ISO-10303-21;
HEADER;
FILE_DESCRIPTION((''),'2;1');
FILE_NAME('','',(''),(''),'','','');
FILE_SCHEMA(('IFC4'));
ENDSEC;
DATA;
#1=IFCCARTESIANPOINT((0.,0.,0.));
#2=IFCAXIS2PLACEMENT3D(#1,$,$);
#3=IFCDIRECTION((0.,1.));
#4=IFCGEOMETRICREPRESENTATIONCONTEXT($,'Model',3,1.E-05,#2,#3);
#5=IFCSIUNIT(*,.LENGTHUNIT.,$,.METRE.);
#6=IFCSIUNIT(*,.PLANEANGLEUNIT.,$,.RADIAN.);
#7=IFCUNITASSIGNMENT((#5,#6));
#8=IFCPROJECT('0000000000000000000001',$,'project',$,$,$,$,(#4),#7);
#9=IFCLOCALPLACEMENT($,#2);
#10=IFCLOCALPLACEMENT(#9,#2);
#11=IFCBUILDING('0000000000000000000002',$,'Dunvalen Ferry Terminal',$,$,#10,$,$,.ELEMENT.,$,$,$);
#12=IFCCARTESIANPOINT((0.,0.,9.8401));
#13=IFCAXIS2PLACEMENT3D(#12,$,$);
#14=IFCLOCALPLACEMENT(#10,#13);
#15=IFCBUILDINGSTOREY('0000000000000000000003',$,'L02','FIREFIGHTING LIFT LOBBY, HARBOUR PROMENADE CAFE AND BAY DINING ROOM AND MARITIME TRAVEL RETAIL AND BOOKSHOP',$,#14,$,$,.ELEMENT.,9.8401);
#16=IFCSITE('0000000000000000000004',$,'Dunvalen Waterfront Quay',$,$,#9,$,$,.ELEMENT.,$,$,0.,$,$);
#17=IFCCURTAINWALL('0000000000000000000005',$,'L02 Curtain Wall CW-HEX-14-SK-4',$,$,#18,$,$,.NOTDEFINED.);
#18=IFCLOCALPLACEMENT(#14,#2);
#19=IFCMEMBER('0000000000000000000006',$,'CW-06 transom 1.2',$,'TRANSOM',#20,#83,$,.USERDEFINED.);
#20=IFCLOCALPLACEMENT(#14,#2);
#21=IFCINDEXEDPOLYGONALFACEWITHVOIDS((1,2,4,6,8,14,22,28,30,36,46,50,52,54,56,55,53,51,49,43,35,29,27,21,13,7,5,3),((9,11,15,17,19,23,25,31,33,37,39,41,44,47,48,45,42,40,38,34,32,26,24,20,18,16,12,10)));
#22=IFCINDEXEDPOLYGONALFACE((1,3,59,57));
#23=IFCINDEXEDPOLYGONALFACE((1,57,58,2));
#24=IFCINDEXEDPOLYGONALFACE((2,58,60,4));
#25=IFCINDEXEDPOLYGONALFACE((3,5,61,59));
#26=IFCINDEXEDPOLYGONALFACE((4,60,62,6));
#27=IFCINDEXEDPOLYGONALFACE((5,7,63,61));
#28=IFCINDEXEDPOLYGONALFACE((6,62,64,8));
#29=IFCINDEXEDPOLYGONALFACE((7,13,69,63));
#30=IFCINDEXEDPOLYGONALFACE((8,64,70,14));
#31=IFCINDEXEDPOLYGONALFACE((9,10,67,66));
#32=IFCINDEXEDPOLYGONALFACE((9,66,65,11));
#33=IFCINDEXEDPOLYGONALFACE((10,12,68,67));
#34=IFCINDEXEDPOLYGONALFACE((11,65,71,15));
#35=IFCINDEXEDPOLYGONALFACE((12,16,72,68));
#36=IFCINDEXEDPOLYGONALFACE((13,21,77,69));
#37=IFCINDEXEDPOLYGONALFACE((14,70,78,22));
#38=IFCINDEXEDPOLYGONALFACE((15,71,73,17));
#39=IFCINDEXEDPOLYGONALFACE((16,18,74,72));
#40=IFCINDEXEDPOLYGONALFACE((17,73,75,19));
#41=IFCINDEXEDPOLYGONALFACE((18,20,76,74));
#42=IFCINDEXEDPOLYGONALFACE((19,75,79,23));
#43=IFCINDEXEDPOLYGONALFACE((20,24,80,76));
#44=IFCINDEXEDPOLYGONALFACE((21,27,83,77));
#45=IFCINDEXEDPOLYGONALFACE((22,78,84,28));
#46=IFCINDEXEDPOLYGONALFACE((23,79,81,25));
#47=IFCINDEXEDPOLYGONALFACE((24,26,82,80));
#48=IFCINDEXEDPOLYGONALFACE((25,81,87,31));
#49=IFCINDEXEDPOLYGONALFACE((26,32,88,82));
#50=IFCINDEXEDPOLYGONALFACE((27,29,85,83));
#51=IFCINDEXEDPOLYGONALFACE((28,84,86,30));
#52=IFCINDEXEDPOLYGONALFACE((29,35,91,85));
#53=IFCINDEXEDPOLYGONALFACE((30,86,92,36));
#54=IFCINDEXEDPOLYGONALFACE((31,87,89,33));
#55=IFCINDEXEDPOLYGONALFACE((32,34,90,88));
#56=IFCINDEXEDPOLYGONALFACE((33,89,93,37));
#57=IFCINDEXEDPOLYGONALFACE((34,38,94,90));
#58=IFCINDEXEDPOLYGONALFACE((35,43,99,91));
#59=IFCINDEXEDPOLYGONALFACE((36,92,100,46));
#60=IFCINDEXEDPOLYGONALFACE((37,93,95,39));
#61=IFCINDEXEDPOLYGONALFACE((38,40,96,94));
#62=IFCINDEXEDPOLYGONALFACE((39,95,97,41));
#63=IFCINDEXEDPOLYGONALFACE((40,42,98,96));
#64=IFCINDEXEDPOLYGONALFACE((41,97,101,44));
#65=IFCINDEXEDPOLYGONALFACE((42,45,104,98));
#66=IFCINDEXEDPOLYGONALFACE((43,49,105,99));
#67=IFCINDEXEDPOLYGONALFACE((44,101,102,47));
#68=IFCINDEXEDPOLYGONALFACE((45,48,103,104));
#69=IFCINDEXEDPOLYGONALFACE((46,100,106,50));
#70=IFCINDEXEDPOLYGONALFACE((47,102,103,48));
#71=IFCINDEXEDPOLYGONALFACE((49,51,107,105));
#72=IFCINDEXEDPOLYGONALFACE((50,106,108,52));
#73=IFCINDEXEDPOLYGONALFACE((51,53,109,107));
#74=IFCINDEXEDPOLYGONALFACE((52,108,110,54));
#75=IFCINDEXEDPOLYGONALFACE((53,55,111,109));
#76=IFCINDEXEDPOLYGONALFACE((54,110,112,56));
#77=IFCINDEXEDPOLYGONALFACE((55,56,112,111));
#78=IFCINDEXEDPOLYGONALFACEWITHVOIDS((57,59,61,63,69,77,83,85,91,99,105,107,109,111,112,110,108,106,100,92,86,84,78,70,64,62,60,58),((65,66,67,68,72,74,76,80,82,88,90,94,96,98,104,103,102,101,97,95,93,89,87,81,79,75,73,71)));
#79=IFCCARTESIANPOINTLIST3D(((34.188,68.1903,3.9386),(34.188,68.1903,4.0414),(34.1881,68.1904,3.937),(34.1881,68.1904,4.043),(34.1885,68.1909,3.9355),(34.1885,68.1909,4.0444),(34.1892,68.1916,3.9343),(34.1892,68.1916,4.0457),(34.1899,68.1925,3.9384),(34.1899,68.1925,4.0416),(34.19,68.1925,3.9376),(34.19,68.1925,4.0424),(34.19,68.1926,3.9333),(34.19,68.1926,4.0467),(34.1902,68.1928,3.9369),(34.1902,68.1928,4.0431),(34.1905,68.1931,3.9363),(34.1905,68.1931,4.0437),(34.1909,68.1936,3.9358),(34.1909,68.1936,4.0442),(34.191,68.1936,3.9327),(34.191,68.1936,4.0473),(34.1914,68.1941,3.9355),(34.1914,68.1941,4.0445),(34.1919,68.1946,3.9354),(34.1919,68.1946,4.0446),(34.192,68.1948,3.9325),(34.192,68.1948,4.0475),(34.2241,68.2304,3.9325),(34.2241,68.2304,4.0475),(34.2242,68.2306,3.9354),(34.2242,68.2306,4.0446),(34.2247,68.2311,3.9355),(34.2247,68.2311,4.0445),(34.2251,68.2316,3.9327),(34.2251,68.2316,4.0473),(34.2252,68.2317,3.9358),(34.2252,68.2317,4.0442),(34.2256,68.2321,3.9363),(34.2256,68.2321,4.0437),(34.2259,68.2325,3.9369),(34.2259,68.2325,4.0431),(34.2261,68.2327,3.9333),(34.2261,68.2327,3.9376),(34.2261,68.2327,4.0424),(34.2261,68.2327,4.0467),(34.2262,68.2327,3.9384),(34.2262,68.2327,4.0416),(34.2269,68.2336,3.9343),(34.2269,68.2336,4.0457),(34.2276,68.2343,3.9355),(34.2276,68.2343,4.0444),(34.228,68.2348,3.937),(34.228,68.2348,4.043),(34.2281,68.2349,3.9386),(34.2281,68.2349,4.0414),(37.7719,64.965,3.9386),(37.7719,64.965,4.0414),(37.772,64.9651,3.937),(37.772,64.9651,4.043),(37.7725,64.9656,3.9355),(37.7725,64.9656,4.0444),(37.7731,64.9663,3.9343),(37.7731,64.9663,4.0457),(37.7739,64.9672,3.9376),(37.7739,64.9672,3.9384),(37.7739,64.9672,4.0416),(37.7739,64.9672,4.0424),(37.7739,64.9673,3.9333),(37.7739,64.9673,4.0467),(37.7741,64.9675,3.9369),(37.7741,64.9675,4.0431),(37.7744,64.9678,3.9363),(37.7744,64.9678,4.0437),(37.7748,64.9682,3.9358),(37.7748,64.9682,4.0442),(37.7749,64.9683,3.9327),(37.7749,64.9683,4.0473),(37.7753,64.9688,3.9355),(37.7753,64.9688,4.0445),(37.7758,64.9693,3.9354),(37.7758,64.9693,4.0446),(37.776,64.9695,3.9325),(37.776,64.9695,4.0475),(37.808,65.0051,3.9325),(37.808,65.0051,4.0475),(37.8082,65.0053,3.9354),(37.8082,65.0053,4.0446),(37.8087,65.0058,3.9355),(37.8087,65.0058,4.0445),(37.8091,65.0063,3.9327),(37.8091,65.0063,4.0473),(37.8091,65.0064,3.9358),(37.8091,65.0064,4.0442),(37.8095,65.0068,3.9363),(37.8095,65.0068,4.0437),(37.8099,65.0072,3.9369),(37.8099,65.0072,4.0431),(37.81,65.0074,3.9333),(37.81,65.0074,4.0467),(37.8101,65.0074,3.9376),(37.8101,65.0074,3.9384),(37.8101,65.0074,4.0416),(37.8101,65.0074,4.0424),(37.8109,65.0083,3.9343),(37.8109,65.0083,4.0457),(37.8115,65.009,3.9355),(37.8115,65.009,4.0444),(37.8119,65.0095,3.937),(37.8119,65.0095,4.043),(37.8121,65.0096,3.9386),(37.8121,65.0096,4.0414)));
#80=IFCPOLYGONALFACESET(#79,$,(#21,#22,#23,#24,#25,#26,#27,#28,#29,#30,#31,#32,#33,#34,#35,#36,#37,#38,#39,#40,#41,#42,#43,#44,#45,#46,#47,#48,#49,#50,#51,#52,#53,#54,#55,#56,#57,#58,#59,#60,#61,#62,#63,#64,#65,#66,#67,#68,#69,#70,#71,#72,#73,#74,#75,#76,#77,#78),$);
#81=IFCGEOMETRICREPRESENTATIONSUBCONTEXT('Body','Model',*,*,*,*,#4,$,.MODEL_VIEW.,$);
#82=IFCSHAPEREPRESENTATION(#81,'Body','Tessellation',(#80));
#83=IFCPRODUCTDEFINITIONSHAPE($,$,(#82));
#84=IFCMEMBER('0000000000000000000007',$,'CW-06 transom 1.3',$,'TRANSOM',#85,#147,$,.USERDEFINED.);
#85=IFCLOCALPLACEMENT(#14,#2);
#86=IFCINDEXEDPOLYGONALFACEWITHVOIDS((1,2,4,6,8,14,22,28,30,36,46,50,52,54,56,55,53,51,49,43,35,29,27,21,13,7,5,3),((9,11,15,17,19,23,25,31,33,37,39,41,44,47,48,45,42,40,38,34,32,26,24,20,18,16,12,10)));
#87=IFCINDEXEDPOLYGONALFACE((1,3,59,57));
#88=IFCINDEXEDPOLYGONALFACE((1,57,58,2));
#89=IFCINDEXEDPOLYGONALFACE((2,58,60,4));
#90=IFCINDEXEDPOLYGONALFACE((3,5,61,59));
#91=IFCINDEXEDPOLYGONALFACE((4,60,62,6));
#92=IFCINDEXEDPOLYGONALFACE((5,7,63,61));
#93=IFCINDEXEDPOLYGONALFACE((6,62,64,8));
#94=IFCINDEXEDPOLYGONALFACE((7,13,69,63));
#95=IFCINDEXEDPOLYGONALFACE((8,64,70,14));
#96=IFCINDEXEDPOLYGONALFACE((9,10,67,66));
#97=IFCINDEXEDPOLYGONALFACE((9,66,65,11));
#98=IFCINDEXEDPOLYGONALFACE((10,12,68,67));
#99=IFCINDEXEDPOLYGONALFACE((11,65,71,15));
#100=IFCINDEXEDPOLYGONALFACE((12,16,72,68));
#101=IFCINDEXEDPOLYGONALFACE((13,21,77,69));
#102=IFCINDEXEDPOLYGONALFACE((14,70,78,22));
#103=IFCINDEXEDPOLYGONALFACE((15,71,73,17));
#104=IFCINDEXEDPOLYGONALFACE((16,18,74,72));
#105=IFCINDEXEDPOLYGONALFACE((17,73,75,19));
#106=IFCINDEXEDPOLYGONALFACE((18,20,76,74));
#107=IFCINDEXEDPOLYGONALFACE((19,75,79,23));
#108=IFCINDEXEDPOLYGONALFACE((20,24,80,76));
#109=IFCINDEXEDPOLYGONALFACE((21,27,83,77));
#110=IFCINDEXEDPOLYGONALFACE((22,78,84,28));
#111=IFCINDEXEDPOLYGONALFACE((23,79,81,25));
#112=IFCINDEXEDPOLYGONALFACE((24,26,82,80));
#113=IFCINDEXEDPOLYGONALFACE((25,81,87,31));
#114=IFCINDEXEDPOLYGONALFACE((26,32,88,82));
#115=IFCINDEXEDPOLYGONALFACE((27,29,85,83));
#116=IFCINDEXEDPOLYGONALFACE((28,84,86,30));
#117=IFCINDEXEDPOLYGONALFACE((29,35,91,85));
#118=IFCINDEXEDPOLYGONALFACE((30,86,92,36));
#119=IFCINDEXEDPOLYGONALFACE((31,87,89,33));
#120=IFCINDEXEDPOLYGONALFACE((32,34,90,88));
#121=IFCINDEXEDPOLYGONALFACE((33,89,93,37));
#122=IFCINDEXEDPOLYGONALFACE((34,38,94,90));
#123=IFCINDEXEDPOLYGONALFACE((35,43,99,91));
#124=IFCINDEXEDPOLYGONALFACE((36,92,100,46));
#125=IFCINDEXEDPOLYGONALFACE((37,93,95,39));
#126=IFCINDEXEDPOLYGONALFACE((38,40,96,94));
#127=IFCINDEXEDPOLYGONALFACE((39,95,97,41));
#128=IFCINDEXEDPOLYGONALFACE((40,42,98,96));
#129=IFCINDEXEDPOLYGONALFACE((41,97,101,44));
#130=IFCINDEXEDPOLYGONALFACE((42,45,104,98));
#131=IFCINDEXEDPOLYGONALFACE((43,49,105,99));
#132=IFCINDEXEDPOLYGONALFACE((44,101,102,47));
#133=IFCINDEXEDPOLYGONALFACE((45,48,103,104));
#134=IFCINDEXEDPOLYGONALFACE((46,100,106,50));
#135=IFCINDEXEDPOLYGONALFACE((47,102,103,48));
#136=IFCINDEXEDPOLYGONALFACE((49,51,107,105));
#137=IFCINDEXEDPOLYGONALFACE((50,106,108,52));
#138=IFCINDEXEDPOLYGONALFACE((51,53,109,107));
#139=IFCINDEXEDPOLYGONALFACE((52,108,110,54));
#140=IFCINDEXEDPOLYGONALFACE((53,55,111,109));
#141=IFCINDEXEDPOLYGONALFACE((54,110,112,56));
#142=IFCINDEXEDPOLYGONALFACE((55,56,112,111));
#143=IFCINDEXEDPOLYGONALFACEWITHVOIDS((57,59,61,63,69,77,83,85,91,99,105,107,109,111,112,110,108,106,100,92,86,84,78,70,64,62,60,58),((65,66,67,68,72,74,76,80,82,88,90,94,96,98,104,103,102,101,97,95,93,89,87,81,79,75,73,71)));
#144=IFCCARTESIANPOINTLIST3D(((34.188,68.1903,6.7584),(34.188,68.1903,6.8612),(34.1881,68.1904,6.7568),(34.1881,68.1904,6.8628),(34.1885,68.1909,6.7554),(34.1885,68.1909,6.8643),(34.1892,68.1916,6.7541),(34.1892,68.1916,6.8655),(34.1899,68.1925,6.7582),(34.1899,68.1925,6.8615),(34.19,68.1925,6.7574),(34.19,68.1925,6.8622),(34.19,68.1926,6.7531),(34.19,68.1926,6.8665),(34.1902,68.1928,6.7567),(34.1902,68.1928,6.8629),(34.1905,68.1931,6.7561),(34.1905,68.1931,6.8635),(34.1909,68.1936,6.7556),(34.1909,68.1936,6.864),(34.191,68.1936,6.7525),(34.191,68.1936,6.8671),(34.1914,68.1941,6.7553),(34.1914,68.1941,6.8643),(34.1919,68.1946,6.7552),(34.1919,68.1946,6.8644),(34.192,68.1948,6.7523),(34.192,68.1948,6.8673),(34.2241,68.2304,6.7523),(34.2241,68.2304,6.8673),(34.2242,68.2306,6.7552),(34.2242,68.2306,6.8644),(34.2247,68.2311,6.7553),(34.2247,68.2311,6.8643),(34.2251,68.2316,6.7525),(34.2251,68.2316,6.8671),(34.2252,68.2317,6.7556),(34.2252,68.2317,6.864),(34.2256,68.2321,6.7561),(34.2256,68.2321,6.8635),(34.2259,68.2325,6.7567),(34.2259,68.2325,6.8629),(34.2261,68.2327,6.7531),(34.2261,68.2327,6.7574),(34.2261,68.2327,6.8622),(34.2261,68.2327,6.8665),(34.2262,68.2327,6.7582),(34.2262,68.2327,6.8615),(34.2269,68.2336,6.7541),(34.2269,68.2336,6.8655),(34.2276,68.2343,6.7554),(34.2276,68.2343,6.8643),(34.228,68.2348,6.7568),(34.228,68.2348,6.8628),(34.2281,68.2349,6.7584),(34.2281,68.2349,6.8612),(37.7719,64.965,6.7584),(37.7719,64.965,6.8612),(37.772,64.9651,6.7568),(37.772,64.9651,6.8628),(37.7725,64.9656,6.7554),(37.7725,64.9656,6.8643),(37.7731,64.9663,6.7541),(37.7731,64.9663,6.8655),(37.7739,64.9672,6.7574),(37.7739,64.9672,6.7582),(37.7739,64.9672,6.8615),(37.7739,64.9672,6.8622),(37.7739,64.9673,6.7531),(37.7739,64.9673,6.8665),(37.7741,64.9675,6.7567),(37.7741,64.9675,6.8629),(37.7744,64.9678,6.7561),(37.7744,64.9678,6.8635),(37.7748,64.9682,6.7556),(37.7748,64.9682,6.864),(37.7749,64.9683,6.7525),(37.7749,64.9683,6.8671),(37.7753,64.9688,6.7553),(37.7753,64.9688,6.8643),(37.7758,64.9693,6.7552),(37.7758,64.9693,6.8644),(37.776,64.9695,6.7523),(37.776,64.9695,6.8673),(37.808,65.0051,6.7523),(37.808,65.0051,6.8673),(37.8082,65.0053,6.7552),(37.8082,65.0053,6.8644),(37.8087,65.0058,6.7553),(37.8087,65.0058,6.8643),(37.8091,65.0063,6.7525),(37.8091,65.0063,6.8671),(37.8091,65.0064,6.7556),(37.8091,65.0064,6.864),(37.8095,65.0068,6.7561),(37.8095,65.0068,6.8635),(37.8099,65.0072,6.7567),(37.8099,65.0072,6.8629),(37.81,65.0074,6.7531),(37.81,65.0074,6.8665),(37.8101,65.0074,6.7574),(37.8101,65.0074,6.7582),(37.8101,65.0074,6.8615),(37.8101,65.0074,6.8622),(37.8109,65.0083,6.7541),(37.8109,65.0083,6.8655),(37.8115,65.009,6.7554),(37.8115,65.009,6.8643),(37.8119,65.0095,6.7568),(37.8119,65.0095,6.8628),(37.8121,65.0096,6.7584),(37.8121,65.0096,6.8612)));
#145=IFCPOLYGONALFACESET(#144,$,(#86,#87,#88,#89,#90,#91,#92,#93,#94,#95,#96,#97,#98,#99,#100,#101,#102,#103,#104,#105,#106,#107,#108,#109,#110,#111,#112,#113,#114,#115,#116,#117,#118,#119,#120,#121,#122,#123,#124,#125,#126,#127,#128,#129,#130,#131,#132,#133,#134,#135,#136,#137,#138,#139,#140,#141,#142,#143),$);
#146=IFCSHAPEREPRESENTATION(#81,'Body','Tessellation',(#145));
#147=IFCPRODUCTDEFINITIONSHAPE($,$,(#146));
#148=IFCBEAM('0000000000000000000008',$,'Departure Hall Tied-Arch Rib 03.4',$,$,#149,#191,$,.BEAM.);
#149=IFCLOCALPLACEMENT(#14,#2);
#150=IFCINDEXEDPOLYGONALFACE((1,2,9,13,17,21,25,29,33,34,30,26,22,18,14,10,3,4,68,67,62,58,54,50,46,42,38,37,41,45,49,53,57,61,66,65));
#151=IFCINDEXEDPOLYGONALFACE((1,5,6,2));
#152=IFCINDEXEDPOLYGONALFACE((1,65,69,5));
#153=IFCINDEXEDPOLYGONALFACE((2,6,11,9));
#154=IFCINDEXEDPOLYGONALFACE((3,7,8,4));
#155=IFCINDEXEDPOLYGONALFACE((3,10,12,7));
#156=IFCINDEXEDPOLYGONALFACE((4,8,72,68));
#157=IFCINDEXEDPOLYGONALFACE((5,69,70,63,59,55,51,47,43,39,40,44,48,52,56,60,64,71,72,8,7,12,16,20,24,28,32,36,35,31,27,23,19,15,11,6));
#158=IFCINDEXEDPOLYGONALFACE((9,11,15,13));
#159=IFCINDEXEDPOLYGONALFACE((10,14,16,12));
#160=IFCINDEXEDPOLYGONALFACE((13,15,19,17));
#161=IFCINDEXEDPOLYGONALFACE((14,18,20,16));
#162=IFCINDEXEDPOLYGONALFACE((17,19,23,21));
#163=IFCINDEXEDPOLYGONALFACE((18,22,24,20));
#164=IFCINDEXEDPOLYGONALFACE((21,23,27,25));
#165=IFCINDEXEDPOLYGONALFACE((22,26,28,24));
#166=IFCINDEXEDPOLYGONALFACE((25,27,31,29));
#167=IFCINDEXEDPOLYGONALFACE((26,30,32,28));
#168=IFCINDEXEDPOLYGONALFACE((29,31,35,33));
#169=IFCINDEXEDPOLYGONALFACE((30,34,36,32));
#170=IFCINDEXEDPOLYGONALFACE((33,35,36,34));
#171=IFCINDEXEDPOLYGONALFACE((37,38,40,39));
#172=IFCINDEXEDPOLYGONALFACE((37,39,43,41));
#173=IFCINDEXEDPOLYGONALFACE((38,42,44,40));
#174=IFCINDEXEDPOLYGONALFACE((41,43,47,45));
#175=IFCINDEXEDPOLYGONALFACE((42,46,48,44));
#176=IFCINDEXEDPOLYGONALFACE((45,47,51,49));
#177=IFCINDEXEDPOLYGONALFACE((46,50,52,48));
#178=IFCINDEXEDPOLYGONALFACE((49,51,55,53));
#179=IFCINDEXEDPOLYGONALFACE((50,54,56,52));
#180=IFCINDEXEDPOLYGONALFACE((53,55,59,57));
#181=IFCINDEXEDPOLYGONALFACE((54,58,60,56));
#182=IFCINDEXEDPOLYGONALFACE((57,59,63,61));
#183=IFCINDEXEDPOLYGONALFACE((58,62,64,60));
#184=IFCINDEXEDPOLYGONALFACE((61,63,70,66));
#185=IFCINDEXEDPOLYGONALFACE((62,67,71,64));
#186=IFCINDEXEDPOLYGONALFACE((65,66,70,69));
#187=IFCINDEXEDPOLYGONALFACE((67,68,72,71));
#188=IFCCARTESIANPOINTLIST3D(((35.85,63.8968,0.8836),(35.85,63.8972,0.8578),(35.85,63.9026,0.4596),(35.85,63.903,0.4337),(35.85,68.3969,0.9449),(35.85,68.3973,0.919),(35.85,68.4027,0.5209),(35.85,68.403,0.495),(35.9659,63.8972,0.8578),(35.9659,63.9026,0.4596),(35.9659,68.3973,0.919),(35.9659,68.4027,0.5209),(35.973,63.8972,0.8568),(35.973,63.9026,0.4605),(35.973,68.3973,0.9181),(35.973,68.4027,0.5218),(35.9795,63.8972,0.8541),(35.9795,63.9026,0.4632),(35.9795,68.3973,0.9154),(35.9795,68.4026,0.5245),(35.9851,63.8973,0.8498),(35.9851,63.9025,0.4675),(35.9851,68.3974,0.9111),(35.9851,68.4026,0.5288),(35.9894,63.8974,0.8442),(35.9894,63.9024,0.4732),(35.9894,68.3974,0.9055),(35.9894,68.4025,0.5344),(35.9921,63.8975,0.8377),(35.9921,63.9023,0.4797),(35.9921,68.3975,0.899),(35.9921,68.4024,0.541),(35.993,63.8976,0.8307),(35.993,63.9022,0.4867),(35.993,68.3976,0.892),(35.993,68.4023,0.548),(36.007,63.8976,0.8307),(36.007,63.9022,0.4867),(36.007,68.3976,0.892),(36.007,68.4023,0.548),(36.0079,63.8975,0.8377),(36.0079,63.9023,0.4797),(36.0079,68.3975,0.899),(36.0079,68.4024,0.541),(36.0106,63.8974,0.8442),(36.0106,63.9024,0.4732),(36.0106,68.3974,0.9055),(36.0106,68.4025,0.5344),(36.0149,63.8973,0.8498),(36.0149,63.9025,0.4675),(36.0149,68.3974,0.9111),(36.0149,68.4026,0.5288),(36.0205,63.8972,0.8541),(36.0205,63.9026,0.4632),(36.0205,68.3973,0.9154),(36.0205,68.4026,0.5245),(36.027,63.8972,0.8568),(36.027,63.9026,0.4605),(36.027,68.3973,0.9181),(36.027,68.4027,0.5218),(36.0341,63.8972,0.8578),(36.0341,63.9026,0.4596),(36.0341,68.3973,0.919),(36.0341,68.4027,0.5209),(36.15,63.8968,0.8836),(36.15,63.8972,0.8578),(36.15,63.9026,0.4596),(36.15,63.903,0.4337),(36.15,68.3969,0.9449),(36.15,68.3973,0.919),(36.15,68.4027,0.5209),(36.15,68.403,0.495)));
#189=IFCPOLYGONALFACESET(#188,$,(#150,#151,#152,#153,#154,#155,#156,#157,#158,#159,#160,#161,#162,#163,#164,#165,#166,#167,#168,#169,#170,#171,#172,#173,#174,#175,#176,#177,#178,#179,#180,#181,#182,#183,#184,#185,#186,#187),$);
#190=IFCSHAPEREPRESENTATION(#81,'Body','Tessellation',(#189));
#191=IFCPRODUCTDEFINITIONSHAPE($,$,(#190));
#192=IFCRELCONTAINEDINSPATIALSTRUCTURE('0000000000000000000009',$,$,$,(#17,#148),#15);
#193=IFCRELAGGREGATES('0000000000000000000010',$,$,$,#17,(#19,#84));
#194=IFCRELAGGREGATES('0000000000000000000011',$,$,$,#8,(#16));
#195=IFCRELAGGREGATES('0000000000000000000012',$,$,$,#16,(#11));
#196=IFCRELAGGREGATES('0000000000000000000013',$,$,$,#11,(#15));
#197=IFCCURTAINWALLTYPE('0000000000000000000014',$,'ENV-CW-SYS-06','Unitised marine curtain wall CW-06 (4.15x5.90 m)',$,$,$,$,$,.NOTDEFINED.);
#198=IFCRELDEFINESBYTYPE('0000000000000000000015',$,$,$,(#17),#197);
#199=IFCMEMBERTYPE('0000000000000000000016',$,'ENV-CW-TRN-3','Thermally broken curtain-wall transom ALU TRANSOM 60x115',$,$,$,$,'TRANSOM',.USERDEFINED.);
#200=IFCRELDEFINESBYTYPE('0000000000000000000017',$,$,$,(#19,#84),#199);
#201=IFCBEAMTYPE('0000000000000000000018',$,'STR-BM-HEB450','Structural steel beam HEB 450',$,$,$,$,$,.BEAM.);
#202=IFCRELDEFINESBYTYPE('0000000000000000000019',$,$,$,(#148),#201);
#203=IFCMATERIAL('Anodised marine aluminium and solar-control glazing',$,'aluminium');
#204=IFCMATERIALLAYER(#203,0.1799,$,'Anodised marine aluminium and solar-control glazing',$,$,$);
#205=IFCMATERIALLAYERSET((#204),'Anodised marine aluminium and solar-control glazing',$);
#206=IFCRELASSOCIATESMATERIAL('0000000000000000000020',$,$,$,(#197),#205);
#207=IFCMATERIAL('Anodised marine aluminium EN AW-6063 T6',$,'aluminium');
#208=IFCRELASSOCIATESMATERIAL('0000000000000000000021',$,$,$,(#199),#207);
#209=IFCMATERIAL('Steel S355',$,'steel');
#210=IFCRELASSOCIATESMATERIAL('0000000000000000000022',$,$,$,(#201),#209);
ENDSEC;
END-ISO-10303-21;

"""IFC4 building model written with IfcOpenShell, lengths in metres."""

from ifc_helpers import new_model, si_unit, direction, frame, origin, origin_2d, place, context, subcontext, project, spatial, hollow_rectangle, i_section, extrude, material, layer, layer_set, material_profile, profile_set, type_object, element, aggregate, save


model = new_model("IFC4")

# Units and contexts
model_context = context("Model", 3, precision=1e-05, world=origin(), true_north=direction((0.0, 1.0)))
body_context = subcontext(model_context, "Body", "Model", "MODEL_VIEW")
ifc_project = project(units=[si_unit("LENGTHUNIT", "METRE"), si_unit("PLANEANGLEUNIT", "RADIAN")], contexts=[model_context])

# Site, building, storey
site_placement = place(None, origin())
site = spatial("IfcSite", under=ifc_project, at=site_placement, Name="Dunvalen Waterfront Quay", CompositionType="ELEMENT", RefElevation=0.0)
building_placement = place(site_placement, origin())
building = spatial("IfcBuilding", under=site, at=building_placement, Name="Dunvalen Ferry Terminal", CompositionType="ELEMENT")
storey_placement = place(building_placement, frame((0.0, 0.0, 9.8401)))
storey = spatial("IfcBuildingStorey", under=building, at=storey_placement, Name="L02", Description="FIREFIGHTING LIFT LOBBY, HARBOUR PROMENADE CAFE AND BAY DINING ROOM AND MARITIME TRAVEL RETAIL AND BOOKSHOP", CompositionType="ELEMENT", Elevation=9.8401)

# Shared definitions
ifc_material_1 = material(Name="Anodised marine aluminium and solar-control glazing", Category="aluminium")
ifc_material_2 = material(Name="Anodised marine aluminium EN AW-6063 T6", Category="aluminium")

# Curtain wall, members
ifc_layer_1 = layer(ifc_material_1, 0.1799, Name="Anodised marine aluminium and solar-control glazing")
ifc_layer_set_1 = layer_set([ifc_layer_1], Name="Anodised marine aluminium and solar-control glazing")
curtain_wall_type_1 = type_object("IfcCurtainWallType", Name="ENV-CW-SYS-06", Description="Unitised marine curtain wall CW-06 (4.15x5.90 m)", PredefinedType="NOTDEFINED", material=ifc_layer_set_1)
curtain_wall_1_placement = place(storey_placement, origin())
curtain_wall_1 = element("IfcCurtainWall", 1, at=curtain_wall_1_placement, inside=storey, type_object=curtain_wall_type_1, Name="L02 Curtain Wall CW-HEX-14-SK-4", PredefinedType="NOTDEFINED")
ifc_material_profile_1 = material_profile(ifc_material_2, hollow_rectangle(XDim=0.0601, YDim=0.115, WallThickness=0.0029, InnerFilletRadius=0.0029, OuterFilletRadius=0.0061, at=origin_2d()), Name="Anodised marine aluminium EN AW-6063 T6")
ifc_profile_set_1 = profile_set([ifc_material_profile_1], Name="Anodised marine aluminium EN AW-6063 T6")
member_type_1 = type_object("IfcMemberType", Name="ENV-CW-TRN-3", Description="Thermally broken curtain-wall transom ALU TRANSOM 60x115", ElementType="TRANSOM", PredefinedType="USERDEFINED", material=ifc_profile_set_1)
member_1_placement = place(storey_placement, frame((37.792, 64.9873, 3.99), z_axis=(-0.743319, 0.668937, 0.0), x_axis=(-0.668937, -0.743319, 0.0)))
member_1 = element("IfcMember", 2, at=member_1_placement, type_object=member_type_1, Name="CW-06 transom 1.2", ObjectType="TRANSOM", PredefinedType="USERDEFINED", context=body_context, shape_type="SweptSolid", body=[
    extrude(hollow_rectangle(XDim=0.0601, YDim=0.115, WallThickness=0.0029, InnerFilletRadius=0.0029, OuterFilletRadius=0.0061, at=origin_2d()), origin(), (0.0, 0.0, 1.0), 4.8215),
])
member_2_placement = place(storey_placement, frame((37.792, 64.9873, 6.8098), z_axis=(-0.743319, 0.668937, 0.0), x_axis=(-0.668937, -0.743319, 0.0)))
member_2 = element("IfcMember", 3, at=member_2_placement, type_object=member_type_1, Name="CW-06 transom 1.3", ObjectType="TRANSOM", PredefinedType="USERDEFINED", context=body_context, shape_type="SweptSolid", body=[
    extrude(hollow_rectangle(XDim=0.0601, YDim=0.115, WallThickness=0.0029, InnerFilletRadius=0.0029, OuterFilletRadius=0.0061, at=origin_2d()), origin(), (0.0, 0.0, 1.0), 4.8215),
])

# Beam
ifc_material_3 = material(Name="Steel S355", Category="steel")
ifc_material_profile_2 = material_profile(ifc_material_3, i_section(OverallWidth=0.3, OverallDepth=0.45, WebThickness=0.0139, FlangeThickness=0.0259, FilletRadius=0.0271, at=origin_2d()), Name="Steel S355")
ifc_profile_set_2 = profile_set([ifc_material_profile_2], Name="Steel S355")
beam_type_1 = type_object("IfcBeamType", Name="STR-BM-HEB450", Description="Structural steel beam HEB 450", PredefinedType="BEAM", material=ifc_profile_set_2)
for number, where, z_axis, x_axis, name in (
    (4, (36.0, 63.8999, 0.6587), (0.0, 0.999907, 0.013616), (-1.0, 0.0, 0.0), "Departure Hall Tied-Arch Rib 03.4"),
):
    element("IfcBeam", number, at=place(storey_placement, frame(where, z_axis=z_axis, x_axis=x_axis)), inside=storey, type_object=beam_type_1, Name=name, PredefinedType="BEAM", context=body_context, shape_type="SweptSolid", body=[
        extrude(i_section(OverallWidth=0.3, OverallDepth=0.45, WebThickness=0.0139, FlangeThickness=0.0259, FilletRadius=0.0271, at=origin_2d()), origin(), (0.0, 0.0, 1.0), 4.5005),
    ])

aggregate(curtain_wall_1, [member_1, member_2])

save(model, "model.ifc")
